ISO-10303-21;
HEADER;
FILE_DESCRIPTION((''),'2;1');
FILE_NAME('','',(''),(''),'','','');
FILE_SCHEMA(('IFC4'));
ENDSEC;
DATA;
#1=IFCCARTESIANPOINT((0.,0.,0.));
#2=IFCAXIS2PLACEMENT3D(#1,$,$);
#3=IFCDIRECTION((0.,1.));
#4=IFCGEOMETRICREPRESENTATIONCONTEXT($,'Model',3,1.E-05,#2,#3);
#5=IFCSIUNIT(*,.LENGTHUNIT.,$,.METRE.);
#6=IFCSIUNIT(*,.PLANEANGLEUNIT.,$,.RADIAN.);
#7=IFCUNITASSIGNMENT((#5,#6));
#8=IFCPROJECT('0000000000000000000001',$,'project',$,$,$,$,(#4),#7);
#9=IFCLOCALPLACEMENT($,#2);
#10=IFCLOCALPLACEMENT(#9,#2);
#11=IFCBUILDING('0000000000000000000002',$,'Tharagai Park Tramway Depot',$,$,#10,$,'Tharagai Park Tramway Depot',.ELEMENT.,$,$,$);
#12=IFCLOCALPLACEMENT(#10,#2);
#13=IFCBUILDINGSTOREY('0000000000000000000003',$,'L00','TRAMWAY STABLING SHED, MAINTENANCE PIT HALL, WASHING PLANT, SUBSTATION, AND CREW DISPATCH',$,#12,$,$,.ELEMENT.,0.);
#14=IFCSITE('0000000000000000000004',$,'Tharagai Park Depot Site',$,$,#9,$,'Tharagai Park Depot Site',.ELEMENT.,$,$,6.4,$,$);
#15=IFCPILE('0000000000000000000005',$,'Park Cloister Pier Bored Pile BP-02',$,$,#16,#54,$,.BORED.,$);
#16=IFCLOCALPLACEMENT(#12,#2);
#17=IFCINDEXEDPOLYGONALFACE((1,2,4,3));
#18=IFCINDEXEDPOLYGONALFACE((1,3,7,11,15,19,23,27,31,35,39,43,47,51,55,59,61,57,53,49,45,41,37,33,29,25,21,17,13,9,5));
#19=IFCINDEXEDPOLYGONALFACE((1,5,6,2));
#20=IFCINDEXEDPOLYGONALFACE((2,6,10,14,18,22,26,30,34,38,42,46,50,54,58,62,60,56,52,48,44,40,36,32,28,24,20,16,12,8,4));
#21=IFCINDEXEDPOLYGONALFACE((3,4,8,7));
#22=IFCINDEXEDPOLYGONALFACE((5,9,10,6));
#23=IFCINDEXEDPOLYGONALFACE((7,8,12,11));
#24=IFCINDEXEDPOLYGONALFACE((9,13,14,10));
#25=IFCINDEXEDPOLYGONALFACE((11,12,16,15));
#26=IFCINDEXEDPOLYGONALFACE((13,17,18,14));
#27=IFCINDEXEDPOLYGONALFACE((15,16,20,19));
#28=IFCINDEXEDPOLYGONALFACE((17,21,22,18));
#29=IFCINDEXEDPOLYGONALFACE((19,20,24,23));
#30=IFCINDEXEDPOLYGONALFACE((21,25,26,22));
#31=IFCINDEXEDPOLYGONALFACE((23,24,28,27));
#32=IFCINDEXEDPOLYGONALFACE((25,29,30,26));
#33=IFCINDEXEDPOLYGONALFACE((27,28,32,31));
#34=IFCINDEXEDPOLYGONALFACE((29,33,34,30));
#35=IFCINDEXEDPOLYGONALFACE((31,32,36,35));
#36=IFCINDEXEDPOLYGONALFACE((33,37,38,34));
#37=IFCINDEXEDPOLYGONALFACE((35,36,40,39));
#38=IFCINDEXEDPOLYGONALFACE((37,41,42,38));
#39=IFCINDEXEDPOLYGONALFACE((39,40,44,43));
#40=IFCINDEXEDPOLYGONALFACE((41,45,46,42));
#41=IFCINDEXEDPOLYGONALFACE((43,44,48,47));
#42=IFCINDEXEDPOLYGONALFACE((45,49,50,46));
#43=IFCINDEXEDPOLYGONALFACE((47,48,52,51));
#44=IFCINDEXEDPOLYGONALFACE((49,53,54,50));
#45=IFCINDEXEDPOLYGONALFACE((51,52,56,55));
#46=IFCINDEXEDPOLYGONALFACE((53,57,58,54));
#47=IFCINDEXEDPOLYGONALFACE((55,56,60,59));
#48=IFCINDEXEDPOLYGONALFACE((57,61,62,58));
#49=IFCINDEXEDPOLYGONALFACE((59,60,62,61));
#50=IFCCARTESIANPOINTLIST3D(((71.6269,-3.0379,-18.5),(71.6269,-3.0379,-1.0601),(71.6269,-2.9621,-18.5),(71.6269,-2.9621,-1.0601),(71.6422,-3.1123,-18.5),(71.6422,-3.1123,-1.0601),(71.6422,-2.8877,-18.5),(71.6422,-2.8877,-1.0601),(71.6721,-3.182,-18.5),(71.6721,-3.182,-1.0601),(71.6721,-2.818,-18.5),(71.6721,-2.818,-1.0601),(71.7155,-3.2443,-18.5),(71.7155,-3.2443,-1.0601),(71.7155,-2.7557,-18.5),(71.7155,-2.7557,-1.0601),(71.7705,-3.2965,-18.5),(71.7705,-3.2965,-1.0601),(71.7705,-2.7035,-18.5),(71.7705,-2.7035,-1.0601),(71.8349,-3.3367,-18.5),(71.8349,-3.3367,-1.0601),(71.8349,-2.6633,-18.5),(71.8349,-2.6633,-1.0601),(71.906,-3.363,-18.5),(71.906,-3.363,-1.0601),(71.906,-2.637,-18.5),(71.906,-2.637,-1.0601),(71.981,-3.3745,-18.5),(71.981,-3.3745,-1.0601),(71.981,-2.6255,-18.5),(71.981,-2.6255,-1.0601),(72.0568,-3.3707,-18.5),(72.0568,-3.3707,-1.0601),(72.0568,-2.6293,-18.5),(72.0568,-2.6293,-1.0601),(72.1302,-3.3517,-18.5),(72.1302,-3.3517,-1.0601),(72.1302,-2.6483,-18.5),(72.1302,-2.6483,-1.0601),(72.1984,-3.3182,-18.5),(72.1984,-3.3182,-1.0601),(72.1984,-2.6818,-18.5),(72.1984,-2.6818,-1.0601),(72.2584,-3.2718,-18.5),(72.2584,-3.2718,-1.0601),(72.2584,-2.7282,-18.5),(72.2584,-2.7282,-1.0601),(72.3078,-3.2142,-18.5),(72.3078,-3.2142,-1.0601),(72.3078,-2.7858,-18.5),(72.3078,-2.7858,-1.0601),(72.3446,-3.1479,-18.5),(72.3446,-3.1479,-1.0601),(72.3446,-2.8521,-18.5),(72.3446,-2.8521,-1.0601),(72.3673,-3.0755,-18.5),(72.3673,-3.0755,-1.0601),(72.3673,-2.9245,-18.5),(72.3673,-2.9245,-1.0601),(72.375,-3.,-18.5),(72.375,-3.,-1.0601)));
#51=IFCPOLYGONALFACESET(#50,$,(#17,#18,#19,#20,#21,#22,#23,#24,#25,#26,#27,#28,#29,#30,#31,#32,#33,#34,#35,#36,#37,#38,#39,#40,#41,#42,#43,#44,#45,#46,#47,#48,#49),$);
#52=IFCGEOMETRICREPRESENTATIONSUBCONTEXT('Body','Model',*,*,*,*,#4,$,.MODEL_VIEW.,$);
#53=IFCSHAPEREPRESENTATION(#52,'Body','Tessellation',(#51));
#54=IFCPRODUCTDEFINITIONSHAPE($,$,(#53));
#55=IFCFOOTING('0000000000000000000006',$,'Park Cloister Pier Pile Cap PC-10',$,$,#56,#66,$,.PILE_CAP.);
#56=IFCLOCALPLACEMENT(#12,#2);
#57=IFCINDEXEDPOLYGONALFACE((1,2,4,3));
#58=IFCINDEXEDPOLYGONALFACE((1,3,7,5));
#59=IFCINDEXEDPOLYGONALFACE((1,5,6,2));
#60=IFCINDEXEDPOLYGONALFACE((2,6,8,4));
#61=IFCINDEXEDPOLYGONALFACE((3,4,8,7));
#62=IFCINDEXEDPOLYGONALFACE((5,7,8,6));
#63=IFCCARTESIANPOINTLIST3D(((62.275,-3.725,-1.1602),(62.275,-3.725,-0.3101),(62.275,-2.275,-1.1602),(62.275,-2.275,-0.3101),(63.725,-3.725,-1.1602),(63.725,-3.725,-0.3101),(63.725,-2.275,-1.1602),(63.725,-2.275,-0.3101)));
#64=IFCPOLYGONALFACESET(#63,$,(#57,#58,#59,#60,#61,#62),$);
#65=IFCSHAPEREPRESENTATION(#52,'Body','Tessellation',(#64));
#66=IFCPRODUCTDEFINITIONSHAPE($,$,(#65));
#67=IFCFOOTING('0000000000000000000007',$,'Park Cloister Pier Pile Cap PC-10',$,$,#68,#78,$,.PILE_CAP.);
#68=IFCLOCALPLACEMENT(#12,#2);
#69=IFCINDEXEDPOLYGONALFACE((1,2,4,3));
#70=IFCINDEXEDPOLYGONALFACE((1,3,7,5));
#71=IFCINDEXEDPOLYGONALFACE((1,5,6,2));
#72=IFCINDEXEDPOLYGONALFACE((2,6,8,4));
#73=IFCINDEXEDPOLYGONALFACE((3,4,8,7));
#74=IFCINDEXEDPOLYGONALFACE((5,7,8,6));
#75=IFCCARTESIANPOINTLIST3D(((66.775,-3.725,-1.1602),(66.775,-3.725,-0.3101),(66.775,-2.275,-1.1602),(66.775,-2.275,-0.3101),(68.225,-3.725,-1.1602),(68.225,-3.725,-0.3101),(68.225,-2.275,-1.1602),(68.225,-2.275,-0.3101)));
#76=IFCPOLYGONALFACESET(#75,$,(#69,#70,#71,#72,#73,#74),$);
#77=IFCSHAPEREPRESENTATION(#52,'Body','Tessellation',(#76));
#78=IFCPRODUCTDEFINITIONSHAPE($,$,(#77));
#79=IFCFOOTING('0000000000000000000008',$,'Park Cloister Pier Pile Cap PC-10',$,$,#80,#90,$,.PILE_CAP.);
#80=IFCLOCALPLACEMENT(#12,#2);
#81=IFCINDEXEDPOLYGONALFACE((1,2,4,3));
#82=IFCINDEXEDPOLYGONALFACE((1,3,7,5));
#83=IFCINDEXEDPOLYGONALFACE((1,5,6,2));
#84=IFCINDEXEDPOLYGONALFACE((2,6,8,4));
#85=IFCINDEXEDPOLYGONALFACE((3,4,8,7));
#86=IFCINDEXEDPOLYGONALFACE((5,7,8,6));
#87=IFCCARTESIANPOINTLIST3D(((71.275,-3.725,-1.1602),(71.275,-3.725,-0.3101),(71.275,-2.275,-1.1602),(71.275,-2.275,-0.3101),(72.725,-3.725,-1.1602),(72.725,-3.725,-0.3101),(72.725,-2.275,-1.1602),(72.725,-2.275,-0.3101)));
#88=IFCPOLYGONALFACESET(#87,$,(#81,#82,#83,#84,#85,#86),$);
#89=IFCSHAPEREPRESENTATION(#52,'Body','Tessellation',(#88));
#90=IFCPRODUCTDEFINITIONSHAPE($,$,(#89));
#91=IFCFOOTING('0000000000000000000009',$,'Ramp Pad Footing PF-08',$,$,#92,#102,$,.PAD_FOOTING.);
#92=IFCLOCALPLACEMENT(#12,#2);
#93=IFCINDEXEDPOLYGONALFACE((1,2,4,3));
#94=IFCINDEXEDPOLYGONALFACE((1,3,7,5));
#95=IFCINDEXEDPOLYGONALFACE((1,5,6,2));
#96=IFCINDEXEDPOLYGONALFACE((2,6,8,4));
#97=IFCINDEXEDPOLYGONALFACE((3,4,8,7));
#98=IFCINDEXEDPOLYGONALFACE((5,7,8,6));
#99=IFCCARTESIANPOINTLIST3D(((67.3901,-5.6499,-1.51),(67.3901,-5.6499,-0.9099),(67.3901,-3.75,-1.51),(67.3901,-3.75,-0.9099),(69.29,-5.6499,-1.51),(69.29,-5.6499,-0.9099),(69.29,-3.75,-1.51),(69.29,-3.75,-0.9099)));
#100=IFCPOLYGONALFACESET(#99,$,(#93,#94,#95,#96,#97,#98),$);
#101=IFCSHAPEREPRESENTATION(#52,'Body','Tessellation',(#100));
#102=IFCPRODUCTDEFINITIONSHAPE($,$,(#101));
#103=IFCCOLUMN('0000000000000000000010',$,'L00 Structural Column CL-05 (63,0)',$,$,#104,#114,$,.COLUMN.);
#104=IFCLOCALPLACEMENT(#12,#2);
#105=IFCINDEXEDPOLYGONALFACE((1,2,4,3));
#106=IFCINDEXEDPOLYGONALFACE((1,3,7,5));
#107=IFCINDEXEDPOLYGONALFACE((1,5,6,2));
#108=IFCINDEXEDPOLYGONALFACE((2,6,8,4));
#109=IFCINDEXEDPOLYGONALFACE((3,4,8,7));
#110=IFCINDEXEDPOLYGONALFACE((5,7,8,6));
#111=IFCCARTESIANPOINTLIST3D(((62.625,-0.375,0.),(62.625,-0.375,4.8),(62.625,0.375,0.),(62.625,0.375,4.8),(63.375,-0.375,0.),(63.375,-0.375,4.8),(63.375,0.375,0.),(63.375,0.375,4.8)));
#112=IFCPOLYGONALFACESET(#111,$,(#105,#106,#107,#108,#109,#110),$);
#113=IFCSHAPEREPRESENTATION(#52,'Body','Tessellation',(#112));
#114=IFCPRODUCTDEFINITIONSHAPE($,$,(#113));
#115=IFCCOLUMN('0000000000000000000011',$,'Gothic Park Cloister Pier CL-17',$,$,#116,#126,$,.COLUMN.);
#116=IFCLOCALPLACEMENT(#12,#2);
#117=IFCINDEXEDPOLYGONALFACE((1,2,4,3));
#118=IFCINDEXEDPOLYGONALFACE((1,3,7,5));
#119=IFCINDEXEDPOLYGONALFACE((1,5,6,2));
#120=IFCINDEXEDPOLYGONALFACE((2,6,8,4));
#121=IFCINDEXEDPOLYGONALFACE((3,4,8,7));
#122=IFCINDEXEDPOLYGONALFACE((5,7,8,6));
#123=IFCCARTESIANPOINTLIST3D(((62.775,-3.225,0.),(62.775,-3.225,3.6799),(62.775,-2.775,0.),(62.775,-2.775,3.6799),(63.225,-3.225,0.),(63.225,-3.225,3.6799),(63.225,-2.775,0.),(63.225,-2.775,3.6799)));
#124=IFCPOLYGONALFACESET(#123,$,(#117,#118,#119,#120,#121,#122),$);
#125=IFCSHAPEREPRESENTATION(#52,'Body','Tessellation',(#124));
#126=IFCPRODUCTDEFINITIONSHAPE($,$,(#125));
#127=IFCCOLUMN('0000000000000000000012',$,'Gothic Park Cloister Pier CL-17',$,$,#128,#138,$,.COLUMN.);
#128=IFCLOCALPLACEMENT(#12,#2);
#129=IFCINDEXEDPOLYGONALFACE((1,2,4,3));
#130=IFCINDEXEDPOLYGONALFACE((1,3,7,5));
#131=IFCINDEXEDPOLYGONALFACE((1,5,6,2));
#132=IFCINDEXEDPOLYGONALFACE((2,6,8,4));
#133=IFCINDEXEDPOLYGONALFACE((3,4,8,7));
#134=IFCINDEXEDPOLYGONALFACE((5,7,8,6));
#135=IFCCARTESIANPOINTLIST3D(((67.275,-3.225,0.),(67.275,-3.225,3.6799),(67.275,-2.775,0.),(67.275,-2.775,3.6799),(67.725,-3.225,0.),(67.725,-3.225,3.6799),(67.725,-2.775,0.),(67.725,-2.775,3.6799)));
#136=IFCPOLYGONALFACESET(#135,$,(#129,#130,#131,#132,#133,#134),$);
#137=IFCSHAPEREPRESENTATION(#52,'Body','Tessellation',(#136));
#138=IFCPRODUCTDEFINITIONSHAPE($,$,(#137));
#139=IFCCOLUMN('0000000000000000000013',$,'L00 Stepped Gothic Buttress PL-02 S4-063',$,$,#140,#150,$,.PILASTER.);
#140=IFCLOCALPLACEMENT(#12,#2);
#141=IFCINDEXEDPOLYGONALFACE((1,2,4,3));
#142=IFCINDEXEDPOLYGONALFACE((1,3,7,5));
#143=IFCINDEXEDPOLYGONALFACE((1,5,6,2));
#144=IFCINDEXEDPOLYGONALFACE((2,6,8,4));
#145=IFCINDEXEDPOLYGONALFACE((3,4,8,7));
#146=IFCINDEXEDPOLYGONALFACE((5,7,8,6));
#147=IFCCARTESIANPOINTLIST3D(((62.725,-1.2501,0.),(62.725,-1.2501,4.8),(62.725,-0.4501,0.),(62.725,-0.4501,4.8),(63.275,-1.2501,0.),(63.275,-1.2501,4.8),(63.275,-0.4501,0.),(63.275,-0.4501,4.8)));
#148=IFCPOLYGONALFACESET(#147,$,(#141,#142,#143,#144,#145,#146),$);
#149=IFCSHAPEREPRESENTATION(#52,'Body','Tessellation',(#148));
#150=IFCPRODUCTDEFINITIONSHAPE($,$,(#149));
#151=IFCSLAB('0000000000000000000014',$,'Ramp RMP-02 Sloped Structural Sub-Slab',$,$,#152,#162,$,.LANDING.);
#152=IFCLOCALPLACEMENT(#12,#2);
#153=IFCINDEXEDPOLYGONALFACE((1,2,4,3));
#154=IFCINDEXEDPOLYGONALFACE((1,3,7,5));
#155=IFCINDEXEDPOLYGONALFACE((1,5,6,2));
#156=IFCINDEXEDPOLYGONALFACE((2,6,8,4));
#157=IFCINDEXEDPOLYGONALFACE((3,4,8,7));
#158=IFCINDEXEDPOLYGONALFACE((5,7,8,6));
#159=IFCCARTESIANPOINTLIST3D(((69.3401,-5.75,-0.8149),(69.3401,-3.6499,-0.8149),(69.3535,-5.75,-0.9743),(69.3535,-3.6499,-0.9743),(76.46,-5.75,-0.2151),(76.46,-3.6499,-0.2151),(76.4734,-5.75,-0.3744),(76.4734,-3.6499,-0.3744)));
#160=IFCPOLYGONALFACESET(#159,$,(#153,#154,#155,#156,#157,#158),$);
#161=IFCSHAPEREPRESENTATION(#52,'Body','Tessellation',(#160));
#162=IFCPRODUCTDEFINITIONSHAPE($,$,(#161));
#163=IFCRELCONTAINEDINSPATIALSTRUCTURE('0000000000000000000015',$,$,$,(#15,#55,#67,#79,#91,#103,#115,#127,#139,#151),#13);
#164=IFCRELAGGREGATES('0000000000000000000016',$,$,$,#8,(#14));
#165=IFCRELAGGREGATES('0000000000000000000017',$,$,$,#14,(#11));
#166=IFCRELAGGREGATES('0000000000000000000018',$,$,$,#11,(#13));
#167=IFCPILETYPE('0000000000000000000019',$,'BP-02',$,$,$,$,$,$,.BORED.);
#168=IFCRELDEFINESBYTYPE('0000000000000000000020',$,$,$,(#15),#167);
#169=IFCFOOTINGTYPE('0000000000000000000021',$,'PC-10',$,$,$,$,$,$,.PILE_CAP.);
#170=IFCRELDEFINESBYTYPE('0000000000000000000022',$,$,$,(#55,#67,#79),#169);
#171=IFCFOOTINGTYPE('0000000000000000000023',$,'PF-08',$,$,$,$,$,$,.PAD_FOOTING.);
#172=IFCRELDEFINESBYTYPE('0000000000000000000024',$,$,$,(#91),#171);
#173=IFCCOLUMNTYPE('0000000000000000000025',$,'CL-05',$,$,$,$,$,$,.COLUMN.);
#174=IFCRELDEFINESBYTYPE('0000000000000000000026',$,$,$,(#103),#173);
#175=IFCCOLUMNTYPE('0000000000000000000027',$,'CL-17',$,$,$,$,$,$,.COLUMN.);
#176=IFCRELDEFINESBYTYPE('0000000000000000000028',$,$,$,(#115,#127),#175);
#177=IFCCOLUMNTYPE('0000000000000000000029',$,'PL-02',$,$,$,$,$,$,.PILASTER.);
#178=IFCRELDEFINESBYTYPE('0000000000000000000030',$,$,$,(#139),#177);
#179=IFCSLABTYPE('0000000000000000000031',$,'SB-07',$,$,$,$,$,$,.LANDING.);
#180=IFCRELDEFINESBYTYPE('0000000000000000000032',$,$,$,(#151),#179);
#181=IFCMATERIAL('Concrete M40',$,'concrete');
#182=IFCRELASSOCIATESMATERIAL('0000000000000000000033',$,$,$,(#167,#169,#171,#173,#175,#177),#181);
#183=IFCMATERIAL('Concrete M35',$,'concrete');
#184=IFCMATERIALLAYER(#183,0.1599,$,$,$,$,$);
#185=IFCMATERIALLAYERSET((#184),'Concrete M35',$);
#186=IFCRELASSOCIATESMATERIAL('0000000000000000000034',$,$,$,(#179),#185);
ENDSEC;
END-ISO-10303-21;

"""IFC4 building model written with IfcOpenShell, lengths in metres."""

from ifc_helpers import new_model, si_unit, direction, frame, origin, origin_2d, place, context, subcontext, project, spatial, polyline, rectangle, circle, outline, extrude, material, layer, layer_set, material_profile, profile_set, type_object, element, save


model = new_model("IFC4")

# Units and contexts
model_context = context("Model", 3, precision=1e-05, world=origin(), true_north=direction((0.0, 1.0)))
body_context = subcontext(model_context, "Body", "Model", "MODEL_VIEW")
ifc_project = project(units=[si_unit("LENGTHUNIT", "METRE"), si_unit("PLANEANGLEUNIT", "RADIAN")], contexts=[model_context])

# Site, building, storey
site_placement = place(None, origin())
site = spatial("IfcSite", under=ifc_project, at=site_placement, Name="Tharagai Park Depot Site", LongName="Tharagai Park Depot Site", CompositionType="ELEMENT", RefElevation=6.4)
building_placement = place(site_placement, origin())
building = spatial("IfcBuilding", under=site, at=building_placement, Name="Tharagai Park Tramway Depot", LongName="Tharagai Park Tramway Depot", CompositionType="ELEMENT")
storey_placement = place(building_placement, origin())
storey = spatial("IfcBuildingStorey", under=building, at=storey_placement, Name="L00", Description="TRAMWAY STABLING SHED, MAINTENANCE PIT HALL, WASHING PLANT, SUBSTATION, AND CREW DISPATCH", CompositionType="ELEMENT", Elevation=0.0)

# Pile
ifc_material_1 = material(Name="Concrete M40", Category="concrete")
ifc_material_profile_1 = material_profile(ifc_material_1, circle(Radius=0.375, at=origin_2d()), Name="PILE D750")
ifc_profile_set_1 = profile_set([ifc_material_profile_1], Name="Concrete M40")
pile_type_1 = type_object("IfcPileType", Name="BP-02", PredefinedType="BORED", material=ifc_profile_set_1)
for number, where, z_axis, x_axis, name in (
    (1, (72.0, -3.0, -1.0601), (0.0, 0.0, -1.0), (1.0, 0.0, 0.0), "Park Cloister Pier Bored Pile BP-02"),
):
    element("IfcPile", number, at=place(storey_placement, frame(where, z_axis=z_axis, x_axis=x_axis)), inside=storey, type_object=pile_type_1, Name=name, PredefinedType="BORED", context=body_context, shape_type="SweptSolid", body=[
        extrude(circle(Radius=0.375, at=origin_2d()), origin(), (0.0, 0.0, 1.0), 17.4399),
    ])

# Footings
footing_type_1 = type_object("IfcFootingType", Name="PC-10", PredefinedType="PILE_CAP", material=ifc_material_1)
for number, where, z_axis, x_axis, name in (
    (2, (63.0, -3.0, -1.1602), (0.0, 0.0, 1.0), (1.0, 0.0, 0.0), "Park Cloister Pier Pile Cap PC-10"),
    (3, (67.5, -3.0, -1.1602), (0.0, 0.0, 1.0), (1.0, 0.0, 0.0), "Park Cloister Pier Pile Cap PC-10"),
    (4, (72.0, -3.0, -1.1602), (0.0, 0.0, 1.0), (1.0, 0.0, 0.0), "Park Cloister Pier Pile Cap PC-10"),
):
    element("IfcFooting", number, at=place(storey_placement, frame(where, z_axis=z_axis, x_axis=x_axis)), inside=storey, type_object=footing_type_1, Name=name, PredefinedType="PILE_CAP", context=body_context, shape_type="SweptSolid", body=[
        extrude(rectangle(XDim=1.45, YDim=1.45, at=origin_2d()), origin(), (0.0, 0.0, 1.0), 0.8501),
    ])
footing_type_2 = type_object("IfcFootingType", Name="PF-08", PredefinedType="PAD_FOOTING", material=ifc_material_1)
footing_placement = place(storey_placement, frame((68.3401, -4.7, -1.51), z_axis=(0.0, 0.0, 1.0), x_axis=(1.0, 0.0, 0.0)))
element("IfcFooting", 5, at=footing_placement, inside=storey, type_object=footing_type_2, Name="Ramp Pad Footing PF-08", PredefinedType="PAD_FOOTING", context=body_context, shape_type="SweptSolid", body=[
    extrude(rectangle(XDim=1.8999, YDim=1.8999, at=origin_2d()), origin(), (0.0, 0.0, 1.0), 0.6001),
])

# Columns
ifc_material_profile_2 = material_profile(ifc_material_1, rectangle(XDim=0.75, YDim=0.75, at=origin_2d()), Name="RC 750x750")
ifc_profile_set_2 = profile_set([ifc_material_profile_2], Name="Concrete M40")
column_type_1 = type_object("IfcColumnType", Name="CL-05", PredefinedType="COLUMN", material=ifc_profile_set_2)
column_1_placement = place(storey_placement, frame((63.0, 0.0, 0.0), z_axis=(0.0, 0.0, 1.0), x_axis=(1.0, 0.0, 0.0)))
element("IfcColumn", 6, at=column_1_placement, inside=storey, type_object=column_type_1, Name="L00 Structural Column CL-05 (63,0)", PredefinedType="COLUMN", context=body_context, shape_type="SweptSolid", body=[
    extrude(rectangle(XDim=0.75, YDim=0.75, at=origin_2d()), origin(), (0.0, 0.0, 1.0), 4.8),
])
ifc_material_profile_3 = material_profile(ifc_material_1, rectangle(XDim=0.45, YDim=0.45, at=origin_2d()), Name="RC 450x450")
ifc_profile_set_3 = profile_set([ifc_material_profile_3], Name="Concrete M40")
column_type_2 = type_object("IfcColumnType", Name="CL-17", PredefinedType="COLUMN", material=ifc_profile_set_3)
for number, where, z_axis, x_axis, name in (
    (7, (63.0, -3.0, 0.0), (0.0, 0.0, 1.0), (1.0, 0.0, 0.0), "Gothic Park Cloister Pier CL-17"),
    (8, (67.5, -3.0, 0.0), (0.0, 0.0, 1.0), (1.0, 0.0, 0.0), "Gothic Park Cloister Pier CL-17"),
):
    element("IfcColumn", number, at=place(storey_placement, frame(where, z_axis=z_axis, x_axis=x_axis)), inside=storey, type_object=column_type_2, Name=name, PredefinedType="COLUMN", context=body_context, shape_type="SweptSolid", body=[
        extrude(rectangle(XDim=0.45, YDim=0.45, at=origin_2d()), origin(), (0.0, 0.0, 1.0), 3.6799),
    ])
ifc_material_profile_4 = material_profile(ifc_material_1, rectangle(XDim=0.55, YDim=0.8, at=origin_2d()), Name="RC 550x800")
ifc_profile_set_4 = profile_set([ifc_material_profile_4], Name="Concrete M40")
column_type_3 = type_object("IfcColumnType", Name="PL-02", PredefinedType="PILASTER", material=ifc_profile_set_4)
column_2_placement = place(storey_placement, frame((63.0, -0.8501, 0.0), z_axis=(0.0, 0.0, 1.0), x_axis=(1.0, 0.0, 0.0)))
element("IfcColumn", 9, at=column_2_placement, inside=storey, type_object=column_type_3, Name="L00 Stepped Gothic Buttress PL-02 S4-063", PredefinedType="PILASTER", context=body_context, shape_type="SweptSolid", body=[
    extrude(rectangle(XDim=0.55, YDim=0.8, at=origin_2d()), origin(), (0.0, 0.0, 1.0), 4.8),
])

# Slab
ifc_material_2 = material(Name="Concrete M35", Category="concrete")
ifc_layer_1 = layer(ifc_material_2, 0.1599)
ifc_layer_set_1 = layer_set([ifc_layer_1], Name="Concrete M35")
slab_type = type_object("IfcSlabType", Name="SB-07", PredefinedType="LANDING", material=ifc_layer_set_1)
slab_placement = place(storey_placement, frame((69.3401, -5.75, -0.8149), z_axis=(-0.083953, 0.0, 0.99647), x_axis=(0.0, 1.0, 0.0)))
element("IfcSlab", 10, at=slab_placement, inside=storey, type_object=slab_type, Name="Ramp RMP-02 Sloped Structural Sub-Slab", PredefinedType="LANDING", context=body_context, shape_type="SweptSolid", body=[
    extrude(outline(polyline([(0.0, 0.0), (2.1001, 0.0), (2.1001, -7.1451), (0.0, -7.1451), (0.0, 0.0)])), origin(), (0.0, 0.0, -1.0), 0.1599),
])

save(model, "model.ifc")
